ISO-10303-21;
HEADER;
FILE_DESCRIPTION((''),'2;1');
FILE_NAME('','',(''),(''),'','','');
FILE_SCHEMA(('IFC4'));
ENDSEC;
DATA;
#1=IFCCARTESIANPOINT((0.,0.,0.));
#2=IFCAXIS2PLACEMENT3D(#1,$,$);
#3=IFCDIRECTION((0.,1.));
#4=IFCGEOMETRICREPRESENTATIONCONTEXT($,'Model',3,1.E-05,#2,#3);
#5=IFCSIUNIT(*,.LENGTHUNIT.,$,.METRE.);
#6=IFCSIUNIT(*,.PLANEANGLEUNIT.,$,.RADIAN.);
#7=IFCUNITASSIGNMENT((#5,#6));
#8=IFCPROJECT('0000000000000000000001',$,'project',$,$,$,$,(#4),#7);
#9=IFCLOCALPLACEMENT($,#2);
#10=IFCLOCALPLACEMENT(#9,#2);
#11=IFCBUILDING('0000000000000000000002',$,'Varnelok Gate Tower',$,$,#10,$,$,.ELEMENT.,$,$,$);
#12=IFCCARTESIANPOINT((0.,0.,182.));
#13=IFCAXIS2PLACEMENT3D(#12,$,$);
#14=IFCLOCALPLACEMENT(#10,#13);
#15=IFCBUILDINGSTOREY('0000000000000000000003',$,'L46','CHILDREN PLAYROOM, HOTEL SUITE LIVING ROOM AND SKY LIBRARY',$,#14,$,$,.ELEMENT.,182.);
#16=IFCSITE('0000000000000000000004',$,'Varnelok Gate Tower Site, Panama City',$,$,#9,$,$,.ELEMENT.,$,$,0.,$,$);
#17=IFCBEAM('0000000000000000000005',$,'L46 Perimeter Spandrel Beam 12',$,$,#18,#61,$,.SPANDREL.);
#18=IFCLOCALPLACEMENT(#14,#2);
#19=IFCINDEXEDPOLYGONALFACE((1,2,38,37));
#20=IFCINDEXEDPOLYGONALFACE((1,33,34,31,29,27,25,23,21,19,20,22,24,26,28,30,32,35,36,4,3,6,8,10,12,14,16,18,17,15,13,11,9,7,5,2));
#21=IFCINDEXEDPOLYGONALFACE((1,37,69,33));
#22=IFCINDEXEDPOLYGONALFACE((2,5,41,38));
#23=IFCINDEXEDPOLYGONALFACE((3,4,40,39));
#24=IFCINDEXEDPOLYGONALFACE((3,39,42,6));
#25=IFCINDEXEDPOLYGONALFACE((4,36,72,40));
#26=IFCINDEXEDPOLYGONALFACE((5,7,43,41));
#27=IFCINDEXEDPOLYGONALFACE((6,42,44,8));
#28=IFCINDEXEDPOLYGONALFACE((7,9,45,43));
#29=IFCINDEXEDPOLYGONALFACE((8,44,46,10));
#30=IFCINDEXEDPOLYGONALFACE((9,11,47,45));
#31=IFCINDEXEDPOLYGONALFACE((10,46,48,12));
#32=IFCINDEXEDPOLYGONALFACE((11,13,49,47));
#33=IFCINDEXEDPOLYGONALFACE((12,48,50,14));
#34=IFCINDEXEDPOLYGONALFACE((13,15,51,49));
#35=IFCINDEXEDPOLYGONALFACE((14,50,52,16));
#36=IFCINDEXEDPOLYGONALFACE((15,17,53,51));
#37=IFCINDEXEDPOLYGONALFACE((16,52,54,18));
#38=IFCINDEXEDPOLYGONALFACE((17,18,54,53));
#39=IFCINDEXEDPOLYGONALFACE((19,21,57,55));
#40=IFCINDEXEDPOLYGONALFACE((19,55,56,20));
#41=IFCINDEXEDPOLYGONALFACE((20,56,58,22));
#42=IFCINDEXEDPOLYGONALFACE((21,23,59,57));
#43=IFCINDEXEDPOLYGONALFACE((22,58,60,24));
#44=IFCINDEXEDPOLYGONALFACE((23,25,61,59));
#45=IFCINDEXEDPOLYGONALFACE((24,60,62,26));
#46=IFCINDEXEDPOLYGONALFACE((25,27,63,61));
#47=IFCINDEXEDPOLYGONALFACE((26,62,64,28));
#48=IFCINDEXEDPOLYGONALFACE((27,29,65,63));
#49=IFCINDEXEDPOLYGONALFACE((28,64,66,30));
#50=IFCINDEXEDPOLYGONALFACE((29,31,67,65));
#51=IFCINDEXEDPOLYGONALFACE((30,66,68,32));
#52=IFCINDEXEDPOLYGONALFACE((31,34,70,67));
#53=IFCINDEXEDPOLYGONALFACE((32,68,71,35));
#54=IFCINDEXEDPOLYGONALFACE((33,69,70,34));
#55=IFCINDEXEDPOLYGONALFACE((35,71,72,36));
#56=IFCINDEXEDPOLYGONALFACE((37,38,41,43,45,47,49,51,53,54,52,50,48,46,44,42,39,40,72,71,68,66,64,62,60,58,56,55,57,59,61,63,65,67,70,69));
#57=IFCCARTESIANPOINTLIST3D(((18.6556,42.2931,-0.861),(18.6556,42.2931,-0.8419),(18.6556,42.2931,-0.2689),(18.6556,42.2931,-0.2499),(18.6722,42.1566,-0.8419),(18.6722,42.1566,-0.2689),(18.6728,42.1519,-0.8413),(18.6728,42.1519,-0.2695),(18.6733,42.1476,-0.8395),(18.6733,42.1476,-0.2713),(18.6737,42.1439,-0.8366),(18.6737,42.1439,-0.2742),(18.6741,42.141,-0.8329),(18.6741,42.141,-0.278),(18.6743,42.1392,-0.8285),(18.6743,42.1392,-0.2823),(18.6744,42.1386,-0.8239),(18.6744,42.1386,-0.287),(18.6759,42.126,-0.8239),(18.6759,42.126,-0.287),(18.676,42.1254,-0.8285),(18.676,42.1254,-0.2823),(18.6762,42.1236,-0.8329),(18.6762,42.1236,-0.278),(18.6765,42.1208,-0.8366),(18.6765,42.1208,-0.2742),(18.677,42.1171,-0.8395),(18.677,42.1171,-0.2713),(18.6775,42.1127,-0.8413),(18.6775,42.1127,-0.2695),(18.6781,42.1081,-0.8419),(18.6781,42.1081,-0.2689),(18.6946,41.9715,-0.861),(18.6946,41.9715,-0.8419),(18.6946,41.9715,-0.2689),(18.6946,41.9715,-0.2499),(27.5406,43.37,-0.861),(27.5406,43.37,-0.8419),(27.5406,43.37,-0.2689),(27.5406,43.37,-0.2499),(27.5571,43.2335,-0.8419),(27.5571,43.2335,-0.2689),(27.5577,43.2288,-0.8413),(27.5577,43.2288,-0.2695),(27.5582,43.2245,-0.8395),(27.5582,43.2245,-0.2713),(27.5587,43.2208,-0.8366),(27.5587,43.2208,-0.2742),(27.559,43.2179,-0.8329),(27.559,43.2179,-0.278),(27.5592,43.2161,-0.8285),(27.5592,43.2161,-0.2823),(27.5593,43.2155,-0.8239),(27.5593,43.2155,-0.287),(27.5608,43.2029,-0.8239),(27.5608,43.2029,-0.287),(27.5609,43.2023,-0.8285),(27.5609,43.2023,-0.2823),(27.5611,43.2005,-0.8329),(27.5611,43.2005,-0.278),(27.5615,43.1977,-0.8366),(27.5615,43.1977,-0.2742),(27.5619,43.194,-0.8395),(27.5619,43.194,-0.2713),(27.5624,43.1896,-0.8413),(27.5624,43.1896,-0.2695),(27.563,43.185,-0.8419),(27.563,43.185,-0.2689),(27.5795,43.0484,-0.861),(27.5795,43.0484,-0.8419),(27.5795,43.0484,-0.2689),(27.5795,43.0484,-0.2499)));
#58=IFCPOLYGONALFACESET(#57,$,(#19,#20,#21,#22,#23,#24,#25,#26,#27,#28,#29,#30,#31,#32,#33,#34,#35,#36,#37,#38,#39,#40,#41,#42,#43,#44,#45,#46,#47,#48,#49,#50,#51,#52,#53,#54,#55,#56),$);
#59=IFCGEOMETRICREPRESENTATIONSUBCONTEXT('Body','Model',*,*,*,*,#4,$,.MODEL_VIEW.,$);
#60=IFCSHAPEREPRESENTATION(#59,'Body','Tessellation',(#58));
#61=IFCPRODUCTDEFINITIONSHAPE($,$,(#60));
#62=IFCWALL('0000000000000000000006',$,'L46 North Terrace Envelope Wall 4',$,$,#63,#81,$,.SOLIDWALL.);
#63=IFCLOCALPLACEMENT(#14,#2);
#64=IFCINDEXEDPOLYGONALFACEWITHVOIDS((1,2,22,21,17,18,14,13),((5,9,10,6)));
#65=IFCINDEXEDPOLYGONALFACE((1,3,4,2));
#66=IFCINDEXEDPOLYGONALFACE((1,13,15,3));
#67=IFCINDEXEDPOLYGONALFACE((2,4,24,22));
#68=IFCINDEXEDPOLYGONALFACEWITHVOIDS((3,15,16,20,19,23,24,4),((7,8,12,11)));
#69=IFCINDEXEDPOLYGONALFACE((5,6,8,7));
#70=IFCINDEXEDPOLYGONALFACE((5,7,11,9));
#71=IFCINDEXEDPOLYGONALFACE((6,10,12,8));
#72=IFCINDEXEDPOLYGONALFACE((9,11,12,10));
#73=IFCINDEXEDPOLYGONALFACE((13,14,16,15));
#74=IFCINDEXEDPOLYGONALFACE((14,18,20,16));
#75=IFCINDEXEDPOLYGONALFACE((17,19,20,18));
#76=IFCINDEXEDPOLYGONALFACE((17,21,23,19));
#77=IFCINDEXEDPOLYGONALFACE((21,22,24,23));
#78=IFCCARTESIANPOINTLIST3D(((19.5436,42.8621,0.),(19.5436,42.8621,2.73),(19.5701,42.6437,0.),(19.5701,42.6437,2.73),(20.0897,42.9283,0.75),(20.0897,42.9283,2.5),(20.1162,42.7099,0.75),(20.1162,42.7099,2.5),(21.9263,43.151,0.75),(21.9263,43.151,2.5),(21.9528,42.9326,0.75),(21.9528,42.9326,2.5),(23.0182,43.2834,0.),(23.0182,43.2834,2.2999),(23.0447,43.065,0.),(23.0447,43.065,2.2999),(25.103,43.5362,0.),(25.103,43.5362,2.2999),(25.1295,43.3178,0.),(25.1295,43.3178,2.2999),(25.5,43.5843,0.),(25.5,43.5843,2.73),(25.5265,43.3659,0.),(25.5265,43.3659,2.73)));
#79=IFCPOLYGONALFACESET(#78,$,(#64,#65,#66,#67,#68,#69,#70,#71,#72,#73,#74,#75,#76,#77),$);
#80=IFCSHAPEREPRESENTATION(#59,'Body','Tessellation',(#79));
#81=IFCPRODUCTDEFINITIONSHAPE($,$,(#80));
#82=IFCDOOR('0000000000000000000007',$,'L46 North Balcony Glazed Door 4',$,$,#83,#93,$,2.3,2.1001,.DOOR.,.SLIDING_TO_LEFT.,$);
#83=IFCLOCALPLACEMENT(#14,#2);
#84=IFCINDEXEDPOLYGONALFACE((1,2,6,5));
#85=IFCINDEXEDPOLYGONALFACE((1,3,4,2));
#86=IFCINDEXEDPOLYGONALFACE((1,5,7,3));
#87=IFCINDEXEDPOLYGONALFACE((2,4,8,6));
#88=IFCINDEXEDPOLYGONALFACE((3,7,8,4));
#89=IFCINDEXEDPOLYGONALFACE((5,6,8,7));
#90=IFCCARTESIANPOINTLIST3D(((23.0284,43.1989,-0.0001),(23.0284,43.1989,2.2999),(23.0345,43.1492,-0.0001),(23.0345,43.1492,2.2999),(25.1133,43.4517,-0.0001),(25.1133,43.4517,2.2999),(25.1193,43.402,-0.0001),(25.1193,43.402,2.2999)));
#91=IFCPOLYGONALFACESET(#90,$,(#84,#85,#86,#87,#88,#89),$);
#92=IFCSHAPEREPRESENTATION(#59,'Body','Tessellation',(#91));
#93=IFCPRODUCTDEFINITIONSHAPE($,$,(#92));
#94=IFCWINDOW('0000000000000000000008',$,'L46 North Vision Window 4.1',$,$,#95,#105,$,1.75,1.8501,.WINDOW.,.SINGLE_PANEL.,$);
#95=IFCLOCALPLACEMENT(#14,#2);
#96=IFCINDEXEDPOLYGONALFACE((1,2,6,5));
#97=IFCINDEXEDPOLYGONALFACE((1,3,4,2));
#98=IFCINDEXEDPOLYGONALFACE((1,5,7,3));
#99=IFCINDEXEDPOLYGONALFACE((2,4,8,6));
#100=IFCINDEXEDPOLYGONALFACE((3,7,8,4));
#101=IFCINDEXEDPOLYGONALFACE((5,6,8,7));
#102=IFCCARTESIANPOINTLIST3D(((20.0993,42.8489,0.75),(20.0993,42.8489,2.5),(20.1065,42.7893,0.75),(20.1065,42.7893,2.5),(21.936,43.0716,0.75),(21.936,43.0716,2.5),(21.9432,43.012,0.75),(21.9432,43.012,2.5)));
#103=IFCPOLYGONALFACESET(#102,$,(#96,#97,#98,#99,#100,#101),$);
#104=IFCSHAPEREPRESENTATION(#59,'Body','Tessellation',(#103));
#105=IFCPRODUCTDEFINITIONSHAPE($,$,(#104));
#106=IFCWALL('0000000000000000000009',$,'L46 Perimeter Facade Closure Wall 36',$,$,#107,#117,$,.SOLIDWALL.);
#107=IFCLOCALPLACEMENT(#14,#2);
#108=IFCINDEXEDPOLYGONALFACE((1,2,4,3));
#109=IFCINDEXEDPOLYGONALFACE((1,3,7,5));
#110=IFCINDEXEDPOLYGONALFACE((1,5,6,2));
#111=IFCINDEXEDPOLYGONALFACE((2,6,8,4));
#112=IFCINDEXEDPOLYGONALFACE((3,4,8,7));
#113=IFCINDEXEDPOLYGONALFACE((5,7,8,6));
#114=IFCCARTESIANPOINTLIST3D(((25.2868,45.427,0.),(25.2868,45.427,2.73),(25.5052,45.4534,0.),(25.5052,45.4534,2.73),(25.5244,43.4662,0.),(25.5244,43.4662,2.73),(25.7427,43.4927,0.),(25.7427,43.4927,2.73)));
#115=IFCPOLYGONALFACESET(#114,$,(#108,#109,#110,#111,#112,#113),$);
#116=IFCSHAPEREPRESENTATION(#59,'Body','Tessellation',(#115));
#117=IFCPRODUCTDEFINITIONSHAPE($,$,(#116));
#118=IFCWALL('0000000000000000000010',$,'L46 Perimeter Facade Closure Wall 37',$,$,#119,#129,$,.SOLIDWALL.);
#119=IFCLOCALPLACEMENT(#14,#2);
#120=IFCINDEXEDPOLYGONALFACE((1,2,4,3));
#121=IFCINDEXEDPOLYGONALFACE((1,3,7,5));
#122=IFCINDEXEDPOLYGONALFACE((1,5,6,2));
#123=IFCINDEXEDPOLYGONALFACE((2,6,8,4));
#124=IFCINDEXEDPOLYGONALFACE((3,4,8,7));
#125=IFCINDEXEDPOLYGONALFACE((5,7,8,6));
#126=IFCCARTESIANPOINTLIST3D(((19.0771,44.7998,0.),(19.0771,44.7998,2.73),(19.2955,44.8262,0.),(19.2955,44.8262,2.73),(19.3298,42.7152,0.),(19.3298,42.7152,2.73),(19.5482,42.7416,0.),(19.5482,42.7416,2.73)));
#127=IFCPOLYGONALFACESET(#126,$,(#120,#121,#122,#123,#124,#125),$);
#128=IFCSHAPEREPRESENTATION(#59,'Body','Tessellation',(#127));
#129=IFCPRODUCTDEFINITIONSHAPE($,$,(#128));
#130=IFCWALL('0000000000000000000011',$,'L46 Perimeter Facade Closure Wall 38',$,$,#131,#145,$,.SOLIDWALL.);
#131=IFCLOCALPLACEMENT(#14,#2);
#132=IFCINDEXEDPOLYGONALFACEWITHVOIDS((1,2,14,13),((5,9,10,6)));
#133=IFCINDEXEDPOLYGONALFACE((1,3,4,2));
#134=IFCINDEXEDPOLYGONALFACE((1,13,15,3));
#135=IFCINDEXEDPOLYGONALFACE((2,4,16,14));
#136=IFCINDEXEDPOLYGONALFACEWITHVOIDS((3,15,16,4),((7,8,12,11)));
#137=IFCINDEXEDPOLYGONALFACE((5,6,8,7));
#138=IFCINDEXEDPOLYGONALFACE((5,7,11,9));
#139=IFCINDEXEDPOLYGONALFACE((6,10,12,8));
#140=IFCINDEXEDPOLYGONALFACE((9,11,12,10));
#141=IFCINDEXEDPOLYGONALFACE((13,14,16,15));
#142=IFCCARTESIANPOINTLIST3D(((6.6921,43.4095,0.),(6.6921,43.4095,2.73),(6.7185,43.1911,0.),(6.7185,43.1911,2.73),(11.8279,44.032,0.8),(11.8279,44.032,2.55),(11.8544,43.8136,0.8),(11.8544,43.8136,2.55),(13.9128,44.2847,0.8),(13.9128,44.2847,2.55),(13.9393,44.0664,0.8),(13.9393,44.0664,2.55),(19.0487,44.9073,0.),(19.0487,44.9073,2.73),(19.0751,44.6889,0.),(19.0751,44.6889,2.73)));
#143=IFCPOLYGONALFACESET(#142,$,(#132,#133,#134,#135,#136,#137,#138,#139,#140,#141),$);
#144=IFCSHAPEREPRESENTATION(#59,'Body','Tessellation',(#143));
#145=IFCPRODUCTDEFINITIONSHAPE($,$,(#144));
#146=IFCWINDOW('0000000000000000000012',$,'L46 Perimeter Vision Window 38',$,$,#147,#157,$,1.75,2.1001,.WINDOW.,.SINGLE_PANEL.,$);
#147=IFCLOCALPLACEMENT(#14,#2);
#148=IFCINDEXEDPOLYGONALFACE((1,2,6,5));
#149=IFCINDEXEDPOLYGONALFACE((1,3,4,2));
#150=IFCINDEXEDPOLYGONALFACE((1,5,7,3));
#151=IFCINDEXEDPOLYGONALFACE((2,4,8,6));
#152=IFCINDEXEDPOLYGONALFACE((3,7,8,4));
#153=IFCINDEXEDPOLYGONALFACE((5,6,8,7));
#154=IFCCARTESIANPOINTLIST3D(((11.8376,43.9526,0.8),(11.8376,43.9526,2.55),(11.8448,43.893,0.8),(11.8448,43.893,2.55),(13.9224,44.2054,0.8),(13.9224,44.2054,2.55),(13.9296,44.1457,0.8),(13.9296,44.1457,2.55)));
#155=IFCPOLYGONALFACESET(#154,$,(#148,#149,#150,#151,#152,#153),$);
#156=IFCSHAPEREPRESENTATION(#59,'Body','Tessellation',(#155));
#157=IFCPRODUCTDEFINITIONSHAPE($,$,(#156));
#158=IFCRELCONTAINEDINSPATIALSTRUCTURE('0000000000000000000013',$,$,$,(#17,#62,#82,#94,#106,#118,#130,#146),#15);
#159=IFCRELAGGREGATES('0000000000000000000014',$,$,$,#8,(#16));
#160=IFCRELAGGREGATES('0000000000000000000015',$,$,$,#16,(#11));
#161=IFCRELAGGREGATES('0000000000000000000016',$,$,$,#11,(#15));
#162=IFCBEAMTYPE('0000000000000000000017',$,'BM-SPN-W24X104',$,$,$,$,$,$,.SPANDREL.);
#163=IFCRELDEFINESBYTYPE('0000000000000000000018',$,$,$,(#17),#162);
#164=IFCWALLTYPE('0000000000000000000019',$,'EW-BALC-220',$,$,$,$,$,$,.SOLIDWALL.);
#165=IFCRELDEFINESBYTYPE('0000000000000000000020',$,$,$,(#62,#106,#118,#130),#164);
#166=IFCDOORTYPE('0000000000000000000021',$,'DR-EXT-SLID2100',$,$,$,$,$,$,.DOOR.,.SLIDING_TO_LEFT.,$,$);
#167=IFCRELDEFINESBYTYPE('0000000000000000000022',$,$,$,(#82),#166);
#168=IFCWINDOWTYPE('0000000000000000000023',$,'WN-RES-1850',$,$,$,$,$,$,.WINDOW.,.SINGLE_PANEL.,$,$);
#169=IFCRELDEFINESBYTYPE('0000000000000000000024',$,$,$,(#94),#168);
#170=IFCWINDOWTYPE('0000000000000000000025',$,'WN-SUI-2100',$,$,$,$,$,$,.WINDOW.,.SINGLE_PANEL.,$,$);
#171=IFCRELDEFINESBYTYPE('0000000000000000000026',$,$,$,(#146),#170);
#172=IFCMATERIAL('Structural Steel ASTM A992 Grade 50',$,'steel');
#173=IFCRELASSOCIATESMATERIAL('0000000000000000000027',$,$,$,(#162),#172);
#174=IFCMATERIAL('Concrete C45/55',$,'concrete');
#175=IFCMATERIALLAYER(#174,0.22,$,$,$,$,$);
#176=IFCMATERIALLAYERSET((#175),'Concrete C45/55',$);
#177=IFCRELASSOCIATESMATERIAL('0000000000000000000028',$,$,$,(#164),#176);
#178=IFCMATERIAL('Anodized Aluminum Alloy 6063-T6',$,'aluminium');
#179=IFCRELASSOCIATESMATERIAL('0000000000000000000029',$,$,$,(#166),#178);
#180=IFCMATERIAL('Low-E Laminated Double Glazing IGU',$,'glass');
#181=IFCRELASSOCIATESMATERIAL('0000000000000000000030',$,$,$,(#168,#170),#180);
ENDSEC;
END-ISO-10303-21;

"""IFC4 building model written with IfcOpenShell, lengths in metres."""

from ifc_helpers import new_model, si_unit, direction, frame, frame_2d, origin, origin_2d, place, context, subcontext, project, spatial, rectangle, i_section, extrude, material, layer, layer_set, material_profile, profile_set, type_object, element, fill, save


model = new_model("IFC4")

# Units and contexts
model_context = context("Model", 3, precision=1e-05, world=origin(), true_north=direction((0.0, 1.0)))
body_context = subcontext(model_context, "Body", "Model", "MODEL_VIEW")
ifc_project = project(units=[si_unit("LENGTHUNIT", "METRE"), si_unit("PLANEANGLEUNIT", "RADIAN")], contexts=[model_context])

# Site, building, storey
site_placement = place(None, origin())
site = spatial("IfcSite", under=ifc_project, at=site_placement, Name="Varnelok Gate Tower Site, Panama City", CompositionType="ELEMENT", RefElevation=0.0)
building_placement = place(site_placement, origin())
building = spatial("IfcBuilding", under=site, at=building_placement, Name="Varnelok Gate Tower", CompositionType="ELEMENT")
storey_placement = place(building_placement, frame((0.0, 0.0, 182.0)))
storey = spatial("IfcBuildingStorey", under=building, at=storey_placement, Name="L46", Description="CHILDREN PLAYROOM, HOTEL SUITE LIVING ROOM AND SKY LIBRARY", CompositionType="ELEMENT", Elevation=182.0)

# Shared definitions
ifc_material_1 = material(Name="Structural Steel ASTM A992 Grade 50", Category="steel")

# Beam
ifc_material_profile_1 = material_profile(ifc_material_1, i_section(OverallWidth=0.324, OverallDepth=0.6111, WebThickness=0.0127, FlangeThickness=0.019, FilletRadius=0.0181, at=origin_2d()), Name="W24X104")
ifc_profile_set_1 = profile_set([ifc_material_profile_1], Name="Structural Steel ASTM A992 Grade 50")
beam_type_1 = type_object("IfcBeamType", Name="BM-SPN-W24X104", PredefinedType="SPANDREL", material=ifc_profile_set_1)
beam_1_placement = place(storey_placement, frame((27.5601, 43.2092, -0.5554), z_axis=(-0.992735, -0.120324, 0.0), x_axis=(0.120324, -0.992735, 0.0)))
element("IfcBeam", 1, at=beam_1_placement, inside=storey, type_object=beam_type_1, Name="L46 Perimeter Spandrel Beam 12", PredefinedType="SPANDREL", context=body_context, shape_type="SweptSolid", body=[
    extrude(i_section(OverallWidth=0.324, OverallDepth=0.6111, WebThickness=0.0127, FlangeThickness=0.019, FilletRadius=0.0181, at=origin_2d()), origin(), (0.0, 0.0, 1.0), 8.95),
])

# Wall, openings, door, window
ifc_material_2 = material(Name="Concrete C45/55", Category="concrete")
ifc_layer_1 = layer(ifc_material_2, 0.22)
ifc_layer_set_1 = layer_set([ifc_layer_1], Name="Concrete C45/55")
wall_type_1 = type_object("IfcWallType", Name="EW-BALC-220", PredefinedType="SOLIDWALL", material=ifc_layer_set_1)
wall_1_placement = place(storey_placement, frame((19.5569, 42.7529, 0.0), z_axis=(0.0, 0.0, 1.0), x_axis=(0.99273, 0.120363, 0.0)))
wall_1 = element("IfcWall", 2, at=wall_1_placement, inside=storey, type_object=wall_type_1, Name="L46 North Terrace Envelope Wall 4", PredefinedType="SOLIDWALL", context=body_context, shape_type="SweptSolid", body=[
    extrude(rectangle(XDim=6.0, YDim=0.22, at=frame_2d((3.0, 0.0))), origin(), (0.0, 0.0, 1.0), 2.73),
])
opening_1_placement = place(wall_1_placement, frame((3.5, 0.0, 0.0)))
opening_1 = element("IfcOpeningElement", 3, at=opening_1_placement, cuts=wall_1, PredefinedType="OPENING", context=body_context, shape_type="SweptSolid", body=[
    extrude(rectangle(XDim=2.1001, YDim=2.3, at=frame_2d((1.05, 1.1499))), frame((0.0, 0.1199, 0.0), z_axis=(0.0, -1.0, 0.0), x_axis=(1.0, 0.0, 0.0)), (0.0, 0.0, 1.0), 0.24),
])
opening_2_placement = place(wall_1_placement, frame((0.55, 0.0, 0.75)))
opening_2 = element("IfcOpeningElement", 4, at=opening_2_placement, cuts=wall_1, PredefinedType="OPENING", context=body_context, shape_type="SweptSolid", body=[
    extrude(rectangle(XDim=1.8501, YDim=1.75, at=frame_2d((0.925, 0.875))), frame((0.0, 0.1199, 0.0), z_axis=(0.0, -1.0, 0.0), x_axis=(1.0, 0.0, 0.0)), (0.0, 0.0, 1.0), 0.24),
])
ifc_material_3 = material(Name="Anodized Aluminum Alloy 6063-T6", Category="aluminium")
door_type_1 = type_object("IfcDoorType", Name="DR-EXT-SLID2100", OperationType="SLIDING_TO_LEFT", PredefinedType="DOOR", material=ifc_material_3)
door_1_placement = place(opening_1_placement, origin())
door_1 = element("IfcDoor", 5, at=door_1_placement, inside=storey, type_object=door_type_1, Name="L46 North Balcony Glazed Door 4", OperationType="SLIDING_TO_LEFT", OverallHeight=2.3, OverallWidth=2.1001, PredefinedType="DOOR", context=body_context, shape_type="SweptSolid", body=[
    extrude(rectangle(XDim=2.1001, YDim=2.3, at=frame_2d((1.05, 1.1499))), frame((0.0, 0.0249, 0.0), z_axis=(0.0, -1.0, 0.0), x_axis=(1.0, 0.0, 0.0)), (0.0, 0.0, 1.0), 0.05),
])
fill(opening_1, door_1)
ifc_material_4 = material(Name="Low-E Laminated Double Glazing IGU", Category="glass")
window_type_1 = type_object("IfcWindowType", Name="WN-RES-1850", PartitioningType="SINGLE_PANEL", PredefinedType="WINDOW", material=ifc_material_4)
window_1_placement = place(opening_2_placement, origin())
window_1 = element("IfcWindow", 6, at=window_1_placement, inside=storey, type_object=window_type_1, Name="L46 North Vision Window 4.1", OverallHeight=1.75, OverallWidth=1.8501, PartitioningType="SINGLE_PANEL", PredefinedType="WINDOW", context=body_context, shape_type="SweptSolid", body=[
    extrude(rectangle(XDim=1.8501, YDim=1.75, at=frame_2d((0.925, 0.875))), frame((0.0, 0.03, 0.0), z_axis=(0.0, -1.0, 0.0), x_axis=(1.0, 0.0, 0.0)), (0.0, 0.0, 1.0), 0.0601),
])
fill(opening_2, window_1)

# Walls
wall_2_placement = place(storey_placement, frame((25.396, 45.4402, 0.0), z_axis=(0.0, 0.0, 1.0), x_axis=(0.120276, -0.99274, 0.0)))
element("IfcWall", 7, at=wall_2_placement, inside=storey, type_object=wall_type_1, Name="L46 Perimeter Facade Closure Wall 36", PredefinedType="SOLIDWALL", context=body_context, shape_type="SweptSolid", body=[
    extrude(rectangle(XDim=1.9751, YDim=0.22, at=frame_2d((0.9875, 0.0))), origin(), (0.0, 0.0, 1.0), 2.73),
])
wall_3_placement = place(storey_placement, frame((19.439, 42.7285, 0.0), z_axis=(0.0, 0.0, 1.0), x_axis=(-0.120328, 0.992734, 0.0)))
element("IfcWall", 8, at=wall_3_placement, inside=storey, type_object=wall_type_1, Name="L46 Perimeter Facade Closure Wall 37", PredefinedType="SOLIDWALL", context=body_context, shape_type="SweptSolid", body=[
    extrude(rectangle(XDim=2.0999, YDim=0.22, at=frame_2d((1.0498, 0.0))), origin(), (0.0, 0.0, 1.0), 2.73),
])

# Wall, opening, window
wall_4_placement = place(storey_placement, frame((19.062, 44.7981, 0.0), z_axis=(0.0, 0.0, 1.0), x_axis=(-0.992734, -0.120333, 0.0)))
wall_4 = element("IfcWall", 9, at=wall_4_placement, inside=storey, type_object=wall_type_1, Name="L46 Perimeter Facade Closure Wall 38", PredefinedType="SOLIDWALL", context=body_context, shape_type="SweptSolid", body=[
    extrude(rectangle(XDim=12.447, YDim=0.22, at=frame_2d((6.2236, 0.0))), origin(), (0.0, 0.0, 1.0), 2.73),
])
opening_3_placement = place(wall_4_placement, frame((5.1736, 0.0, 0.8)))
opening_3 = element("IfcOpeningElement", 10, at=opening_3_placement, cuts=wall_4, PredefinedType="OPENING", context=body_context, shape_type="SweptSolid", body=[
    extrude(rectangle(XDim=2.1001, YDim=1.75, at=frame_2d((1.05, 0.875))), frame((0.0, 0.1199, 0.0), z_axis=(0.0, -1.0, 0.0), x_axis=(1.0, 0.0, 0.0)), (0.0, 0.0, 1.0), 0.24),
])
window_type_2 = type_object("IfcWindowType", Name="WN-SUI-2100", PartitioningType="SINGLE_PANEL", PredefinedType="WINDOW", material=ifc_material_4)
window_2_placement = place(opening_3_placement, origin())
window_2 = element("IfcWindow", 11, at=window_2_placement, inside=storey, type_object=window_type_2, Name="L46 Perimeter Vision Window 38", OverallHeight=1.75, OverallWidth=2.1001, PartitioningType="SINGLE_PANEL", PredefinedType="WINDOW", context=body_context, shape_type="SweptSolid", body=[
    extrude(rectangle(XDim=2.1001, YDim=1.75, at=frame_2d((1.05, 0.875))), frame((0.0, 0.03, 0.0), z_axis=(0.0, -1.0, 0.0), x_axis=(1.0, 0.0, 0.0)), (0.0, 0.0, 1.0), 0.0601),
])
fill(opening_3, window_2)

save(model, "model.ifc")
